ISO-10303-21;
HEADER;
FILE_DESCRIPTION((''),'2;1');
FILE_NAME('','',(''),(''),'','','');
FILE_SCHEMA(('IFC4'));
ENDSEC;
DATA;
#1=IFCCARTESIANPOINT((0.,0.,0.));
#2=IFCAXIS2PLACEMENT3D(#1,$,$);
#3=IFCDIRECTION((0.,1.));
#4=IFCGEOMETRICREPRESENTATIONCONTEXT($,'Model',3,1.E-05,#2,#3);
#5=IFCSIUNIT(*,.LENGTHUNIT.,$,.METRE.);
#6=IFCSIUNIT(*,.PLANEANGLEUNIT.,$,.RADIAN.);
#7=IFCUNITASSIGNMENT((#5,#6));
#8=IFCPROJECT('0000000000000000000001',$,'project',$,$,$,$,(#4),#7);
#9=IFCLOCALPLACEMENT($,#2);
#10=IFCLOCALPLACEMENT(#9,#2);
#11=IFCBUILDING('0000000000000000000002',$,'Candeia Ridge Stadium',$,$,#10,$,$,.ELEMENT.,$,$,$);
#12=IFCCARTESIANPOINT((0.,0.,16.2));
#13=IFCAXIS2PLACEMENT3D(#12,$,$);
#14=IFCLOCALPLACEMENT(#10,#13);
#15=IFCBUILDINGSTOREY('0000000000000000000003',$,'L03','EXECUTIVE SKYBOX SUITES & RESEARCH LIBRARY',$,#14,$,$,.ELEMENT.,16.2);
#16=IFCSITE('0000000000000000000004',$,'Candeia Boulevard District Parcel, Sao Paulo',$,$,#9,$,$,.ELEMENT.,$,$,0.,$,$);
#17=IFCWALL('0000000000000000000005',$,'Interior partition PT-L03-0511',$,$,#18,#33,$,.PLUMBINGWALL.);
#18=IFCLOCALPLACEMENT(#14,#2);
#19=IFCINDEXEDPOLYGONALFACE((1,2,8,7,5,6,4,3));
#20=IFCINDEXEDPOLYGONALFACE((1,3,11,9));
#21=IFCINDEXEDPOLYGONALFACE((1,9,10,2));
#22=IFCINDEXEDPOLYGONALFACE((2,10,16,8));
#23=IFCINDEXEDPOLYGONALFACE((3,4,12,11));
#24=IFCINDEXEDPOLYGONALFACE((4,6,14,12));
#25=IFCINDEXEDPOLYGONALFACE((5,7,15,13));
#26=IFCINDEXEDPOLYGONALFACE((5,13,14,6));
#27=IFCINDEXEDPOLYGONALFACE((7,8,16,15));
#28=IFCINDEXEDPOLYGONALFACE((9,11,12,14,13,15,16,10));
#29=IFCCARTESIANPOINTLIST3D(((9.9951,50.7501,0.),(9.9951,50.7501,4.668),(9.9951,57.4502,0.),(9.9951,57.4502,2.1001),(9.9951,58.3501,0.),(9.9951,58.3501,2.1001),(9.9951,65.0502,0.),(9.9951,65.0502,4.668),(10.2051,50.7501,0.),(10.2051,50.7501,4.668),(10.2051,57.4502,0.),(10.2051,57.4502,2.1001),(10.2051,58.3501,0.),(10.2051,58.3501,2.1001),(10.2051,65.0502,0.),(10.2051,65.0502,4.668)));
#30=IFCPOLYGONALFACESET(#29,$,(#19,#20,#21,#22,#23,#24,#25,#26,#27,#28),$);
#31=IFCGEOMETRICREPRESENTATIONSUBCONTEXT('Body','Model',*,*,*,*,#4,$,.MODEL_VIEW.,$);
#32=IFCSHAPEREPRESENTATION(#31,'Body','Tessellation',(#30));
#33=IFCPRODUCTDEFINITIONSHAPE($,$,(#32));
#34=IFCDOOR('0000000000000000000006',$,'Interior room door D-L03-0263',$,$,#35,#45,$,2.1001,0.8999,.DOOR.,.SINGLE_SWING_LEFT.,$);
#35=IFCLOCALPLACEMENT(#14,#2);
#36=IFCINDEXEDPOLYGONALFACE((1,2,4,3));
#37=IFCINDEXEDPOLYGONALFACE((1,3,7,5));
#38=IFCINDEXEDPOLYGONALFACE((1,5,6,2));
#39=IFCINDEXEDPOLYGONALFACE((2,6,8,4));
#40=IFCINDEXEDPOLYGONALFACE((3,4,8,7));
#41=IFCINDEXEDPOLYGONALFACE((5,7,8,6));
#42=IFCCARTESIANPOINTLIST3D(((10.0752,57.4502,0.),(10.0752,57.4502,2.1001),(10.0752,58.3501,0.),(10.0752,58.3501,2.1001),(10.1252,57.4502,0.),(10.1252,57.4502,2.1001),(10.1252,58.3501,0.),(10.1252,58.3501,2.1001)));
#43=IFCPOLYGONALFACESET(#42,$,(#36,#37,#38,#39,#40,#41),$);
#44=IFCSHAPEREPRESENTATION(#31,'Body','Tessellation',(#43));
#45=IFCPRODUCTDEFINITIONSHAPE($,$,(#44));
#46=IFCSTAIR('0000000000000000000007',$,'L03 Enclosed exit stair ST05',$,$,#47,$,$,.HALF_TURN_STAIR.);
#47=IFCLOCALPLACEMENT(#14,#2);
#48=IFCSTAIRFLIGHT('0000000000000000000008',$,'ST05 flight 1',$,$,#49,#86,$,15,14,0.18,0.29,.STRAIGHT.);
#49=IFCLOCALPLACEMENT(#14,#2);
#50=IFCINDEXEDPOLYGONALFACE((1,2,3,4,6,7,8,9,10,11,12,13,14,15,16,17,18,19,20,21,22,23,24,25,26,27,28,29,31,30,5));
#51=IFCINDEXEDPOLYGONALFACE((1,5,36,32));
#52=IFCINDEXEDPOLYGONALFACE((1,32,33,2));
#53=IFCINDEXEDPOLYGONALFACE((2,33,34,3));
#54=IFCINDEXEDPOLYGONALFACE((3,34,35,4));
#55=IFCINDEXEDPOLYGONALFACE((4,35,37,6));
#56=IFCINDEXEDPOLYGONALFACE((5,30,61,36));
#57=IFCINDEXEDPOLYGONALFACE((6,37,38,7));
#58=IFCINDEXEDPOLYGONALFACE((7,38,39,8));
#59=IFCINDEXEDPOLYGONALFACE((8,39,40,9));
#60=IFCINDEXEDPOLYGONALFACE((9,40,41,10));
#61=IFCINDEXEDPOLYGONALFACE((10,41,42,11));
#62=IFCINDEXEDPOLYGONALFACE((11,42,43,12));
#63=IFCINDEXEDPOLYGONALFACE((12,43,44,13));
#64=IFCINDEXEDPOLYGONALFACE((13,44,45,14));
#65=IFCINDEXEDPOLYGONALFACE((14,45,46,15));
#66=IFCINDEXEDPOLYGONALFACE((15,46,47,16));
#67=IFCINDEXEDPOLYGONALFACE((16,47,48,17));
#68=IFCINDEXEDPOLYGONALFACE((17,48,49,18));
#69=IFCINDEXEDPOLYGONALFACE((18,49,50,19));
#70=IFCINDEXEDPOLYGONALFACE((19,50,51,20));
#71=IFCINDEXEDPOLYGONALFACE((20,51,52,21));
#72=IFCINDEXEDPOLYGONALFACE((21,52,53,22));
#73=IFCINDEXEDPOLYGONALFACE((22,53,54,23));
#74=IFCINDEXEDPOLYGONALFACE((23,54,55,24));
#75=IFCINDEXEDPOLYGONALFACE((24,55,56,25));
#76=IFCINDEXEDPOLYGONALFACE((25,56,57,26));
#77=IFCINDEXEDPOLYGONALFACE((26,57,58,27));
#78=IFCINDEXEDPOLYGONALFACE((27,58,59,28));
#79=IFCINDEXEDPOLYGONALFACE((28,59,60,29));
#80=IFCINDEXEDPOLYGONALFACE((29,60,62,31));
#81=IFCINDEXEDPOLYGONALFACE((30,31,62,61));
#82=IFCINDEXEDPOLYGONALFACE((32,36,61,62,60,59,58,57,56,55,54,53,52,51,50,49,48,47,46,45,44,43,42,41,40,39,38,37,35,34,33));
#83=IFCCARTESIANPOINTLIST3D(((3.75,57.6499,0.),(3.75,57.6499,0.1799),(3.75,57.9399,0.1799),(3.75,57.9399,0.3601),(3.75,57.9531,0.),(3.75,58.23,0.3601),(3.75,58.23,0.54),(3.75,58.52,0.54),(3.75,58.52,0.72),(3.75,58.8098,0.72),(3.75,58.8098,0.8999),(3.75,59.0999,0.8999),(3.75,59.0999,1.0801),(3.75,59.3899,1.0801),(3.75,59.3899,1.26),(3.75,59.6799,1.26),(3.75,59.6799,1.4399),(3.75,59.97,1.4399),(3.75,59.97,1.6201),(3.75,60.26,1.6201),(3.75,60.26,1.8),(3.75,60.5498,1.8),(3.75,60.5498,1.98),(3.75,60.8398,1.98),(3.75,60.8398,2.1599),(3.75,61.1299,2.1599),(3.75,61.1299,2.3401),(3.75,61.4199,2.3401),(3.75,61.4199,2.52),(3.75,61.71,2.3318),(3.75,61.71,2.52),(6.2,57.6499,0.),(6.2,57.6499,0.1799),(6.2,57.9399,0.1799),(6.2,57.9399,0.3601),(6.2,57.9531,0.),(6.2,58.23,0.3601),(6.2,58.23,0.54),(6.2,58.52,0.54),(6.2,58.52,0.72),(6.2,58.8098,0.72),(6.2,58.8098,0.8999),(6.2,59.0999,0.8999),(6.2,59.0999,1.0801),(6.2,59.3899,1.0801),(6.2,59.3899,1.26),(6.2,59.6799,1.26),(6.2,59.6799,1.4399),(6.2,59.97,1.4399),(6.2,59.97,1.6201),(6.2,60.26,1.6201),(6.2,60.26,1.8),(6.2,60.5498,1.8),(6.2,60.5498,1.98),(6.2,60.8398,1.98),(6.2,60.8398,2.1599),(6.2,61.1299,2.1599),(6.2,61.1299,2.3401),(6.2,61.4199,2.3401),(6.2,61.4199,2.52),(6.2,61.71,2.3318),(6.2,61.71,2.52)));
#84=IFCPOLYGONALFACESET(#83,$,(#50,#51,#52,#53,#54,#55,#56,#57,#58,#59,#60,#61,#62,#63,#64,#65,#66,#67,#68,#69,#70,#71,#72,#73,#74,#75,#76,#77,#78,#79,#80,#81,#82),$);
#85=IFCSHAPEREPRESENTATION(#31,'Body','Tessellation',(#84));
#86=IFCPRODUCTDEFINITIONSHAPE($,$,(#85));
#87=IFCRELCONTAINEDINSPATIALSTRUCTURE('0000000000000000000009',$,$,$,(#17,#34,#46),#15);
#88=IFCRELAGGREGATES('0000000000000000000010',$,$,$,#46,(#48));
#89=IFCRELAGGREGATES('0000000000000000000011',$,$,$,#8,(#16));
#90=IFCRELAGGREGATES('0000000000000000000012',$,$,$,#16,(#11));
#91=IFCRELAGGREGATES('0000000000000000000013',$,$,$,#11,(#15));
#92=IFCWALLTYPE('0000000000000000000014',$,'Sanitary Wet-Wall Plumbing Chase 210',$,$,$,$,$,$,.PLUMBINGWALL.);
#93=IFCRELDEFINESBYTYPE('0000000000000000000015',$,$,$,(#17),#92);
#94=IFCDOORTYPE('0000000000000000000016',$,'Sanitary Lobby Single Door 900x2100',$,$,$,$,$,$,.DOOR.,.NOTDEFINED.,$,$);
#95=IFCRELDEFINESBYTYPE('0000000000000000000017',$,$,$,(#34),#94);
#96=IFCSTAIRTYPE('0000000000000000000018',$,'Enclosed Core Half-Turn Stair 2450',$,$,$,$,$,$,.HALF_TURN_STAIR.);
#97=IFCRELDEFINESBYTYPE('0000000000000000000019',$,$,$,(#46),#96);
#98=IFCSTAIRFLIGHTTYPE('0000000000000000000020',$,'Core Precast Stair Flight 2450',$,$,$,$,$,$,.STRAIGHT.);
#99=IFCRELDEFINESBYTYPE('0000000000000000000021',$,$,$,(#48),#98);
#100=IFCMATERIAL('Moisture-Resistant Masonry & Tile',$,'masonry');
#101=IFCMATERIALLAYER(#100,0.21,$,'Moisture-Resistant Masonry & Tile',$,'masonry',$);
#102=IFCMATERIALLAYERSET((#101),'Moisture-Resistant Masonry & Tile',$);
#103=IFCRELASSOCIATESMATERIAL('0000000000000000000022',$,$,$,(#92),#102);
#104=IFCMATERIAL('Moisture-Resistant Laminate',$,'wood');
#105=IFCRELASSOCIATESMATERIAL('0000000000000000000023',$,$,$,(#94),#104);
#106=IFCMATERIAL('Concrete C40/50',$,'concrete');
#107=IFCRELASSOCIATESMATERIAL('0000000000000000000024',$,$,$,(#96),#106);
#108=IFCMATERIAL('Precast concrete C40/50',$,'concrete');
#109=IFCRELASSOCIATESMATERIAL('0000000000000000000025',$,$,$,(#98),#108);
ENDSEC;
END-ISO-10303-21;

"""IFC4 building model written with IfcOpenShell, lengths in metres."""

from ifc_helpers import new_model, si_unit, direction, frame, frame_2d, origin, place, context, subcontext, project, spatial, polyline, rectangle, outline, extrude, material, layer, layer_set, type_object, element, fill, aggregate, save


model = new_model("IFC4")

# Units and contexts
model_context = context("Model", 3, precision=1e-05, world=origin(), true_north=direction((0.0, 1.0)))
body_context = subcontext(model_context, "Body", "Model", "MODEL_VIEW")
ifc_project = project(units=[si_unit("LENGTHUNIT", "METRE"), si_unit("PLANEANGLEUNIT", "RADIAN")], contexts=[model_context])

# Site, building, storey
site_placement = place(None, origin())
site = spatial("IfcSite", under=ifc_project, at=site_placement, Name="Candeia Boulevard District Parcel, Sao Paulo", CompositionType="ELEMENT", RefElevation=0.0)
building_placement = place(site_placement, origin())
building = spatial("IfcBuilding", under=site, at=building_placement, Name="Candeia Ridge Stadium", CompositionType="ELEMENT")
storey_placement = place(building_placement, frame((0.0, 0.0, 16.2)))
storey = spatial("IfcBuildingStorey", under=building, at=storey_placement, Name="L03", Description="EXECUTIVE SKYBOX SUITES & RESEARCH LIBRARY", CompositionType="ELEMENT", Elevation=16.2)

# Shared definitions
ifc_material_1 = material(Name="Concrete C40/50", Category="concrete")

# Wall, opening, door
ifc_material_2 = material(Name="Moisture-Resistant Masonry & Tile", Category="masonry")
ifc_layer_1 = layer(ifc_material_2, 0.21, Name="Moisture-Resistant Masonry & Tile", Category="masonry")
ifc_layer_set_1 = layer_set([ifc_layer_1], Name="Moisture-Resistant Masonry & Tile")
wall_type_1 = type_object("IfcWallType", Name="Sanitary Wet-Wall Plumbing Chase 210", PredefinedType="PLUMBINGWALL", material=ifc_layer_set_1)
wall_1_placement = place(storey_placement, frame((10.1001, 65.05, 0.0), z_axis=(0.0, 0.0, 1.0), x_axis=(0.0, -1.0, 0.0)))
wall_1 = element("IfcWall", 1, at=wall_1_placement, inside=storey, type_object=wall_type_1, Name="Interior partition PT-L03-0511", PredefinedType="PLUMBINGWALL", context=body_context, shape_type="SweptSolid", body=[
    extrude(rectangle(XDim=14.3, YDim=0.21, at=frame_2d((7.1499, 0.0))), origin(), (0.0, 0.0, 1.0), 4.668),
])
opening_1_placement = place(wall_1_placement, frame((6.7, 0.0, 0.0)))
opening_1 = element("IfcOpeningElement", 2, at=opening_1_placement, cuts=wall_1, PredefinedType="OPENING", context=body_context, shape_type="SweptSolid", body=[
    extrude(rectangle(XDim=0.8999, YDim=2.1001, at=frame_2d((0.45, 1.05))), frame((0.0, 0.115, 0.0), z_axis=(0.0, -1.0, 0.0), x_axis=(1.0, 0.0, 0.0)), (0.0, 0.0, 1.0), 0.23),
])
ifc_material_3 = material(Name="Moisture-Resistant Laminate", Category="wood")
door_type_1 = type_object("IfcDoorType", Name="Sanitary Lobby Single Door 900x2100", OperationType="NOTDEFINED", PredefinedType="DOOR", material=ifc_material_3)
door_1_placement = place(opening_1_placement, frame((0.8999, 0.0, 0.0), z_axis=(0.0, 0.0, 1.0), x_axis=(-1.0, 0.0, 0.0)))
door_1 = element("IfcDoor", 3, at=door_1_placement, inside=storey, type_object=door_type_1, Name="Interior room door D-L03-0263", OperationType="SINGLE_SWING_LEFT", OverallHeight=2.1001, OverallWidth=0.8999, PredefinedType="DOOR", context=body_context, shape_type="SweptSolid", body=[
    extrude(rectangle(XDim=0.8999, YDim=2.1001, at=frame_2d((0.45, 1.05))), frame((0.0, 0.0249, 0.0), z_axis=(0.0, -1.0, 0.0), x_axis=(1.0, 0.0, 0.0)), (0.0, 0.0, 1.0), 0.05),
])
fill(opening_1, door_1)

# Stair, stair flight
stair_type = type_object("IfcStairType", Name="Enclosed Core Half-Turn Stair 2450", PredefinedType="HALF_TURN_STAIR", material=ifc_material_1)
stair_placement = place(storey_placement, origin())
stair = element("IfcStair", 4, at=stair_placement, inside=storey, type_object=stair_type, Name="L03 Enclosed exit stair ST05", PredefinedType="HALF_TURN_STAIR")
ifc_material_4 = material(Name="Precast concrete C40/50", Category="concrete")
stair_flight_type = type_object("IfcStairFlightType", Name="Core Precast Stair Flight 2450", PredefinedType="STRAIGHT", material=ifc_material_4)
stair_flight_placement = place(storey_placement, frame((4.9751, 57.6499, 0.0), z_axis=(0.0, 0.0, 1.0), x_axis=(0.0, 1.0, 0.0)))
stair_flight = element("IfcStairFlight", 5, at=stair_flight_placement, type_object=stair_flight_type, Name="ST05 flight 1", NumberOfRisers=15, NumberOfTreads=14, PredefinedType="STRAIGHT", RiserHeight=0.18, TreadLength=0.29, context=body_context, shape_type="SweptSolid", body=[
    extrude(outline(polyline([(0.0, 0.0), (0.0, 0.1799), (0.29, 0.1799), (0.29, 0.3601), (0.5801, 0.3601), (0.5801, 0.54), (0.8701, 0.54), (0.8701, 0.72), (1.1599, 0.72), (1.1599, 0.8999), (1.45, 0.8999), (1.45, 1.0801), (1.74, 1.0801), (1.74, 1.26), (2.03, 1.26), (2.03, 1.4399), (2.3201, 1.4399), (2.3201, 1.6201), (2.6101, 1.6201), (2.6101, 1.8), (2.8999, 1.8), (2.8999, 1.98), (3.1899, 1.98), (3.1899, 2.1599), (3.48, 2.1599), (3.48, 2.3401), (3.77, 2.3401), (3.77, 2.52), (4.0601, 2.52), (4.0601, 2.7), (4.0601, 2.3318), (0.3032, 0.0), (0.0, 0.0)])), frame((0.0, 1.2251, 0.0), z_axis=(0.0, -1.0, 0.0), x_axis=(1.0, 0.0, 0.0)), (0.0, 0.0, 1.0), 2.45),
])
aggregate(stair, [stair_flight])

save(model, "model.ifc")
